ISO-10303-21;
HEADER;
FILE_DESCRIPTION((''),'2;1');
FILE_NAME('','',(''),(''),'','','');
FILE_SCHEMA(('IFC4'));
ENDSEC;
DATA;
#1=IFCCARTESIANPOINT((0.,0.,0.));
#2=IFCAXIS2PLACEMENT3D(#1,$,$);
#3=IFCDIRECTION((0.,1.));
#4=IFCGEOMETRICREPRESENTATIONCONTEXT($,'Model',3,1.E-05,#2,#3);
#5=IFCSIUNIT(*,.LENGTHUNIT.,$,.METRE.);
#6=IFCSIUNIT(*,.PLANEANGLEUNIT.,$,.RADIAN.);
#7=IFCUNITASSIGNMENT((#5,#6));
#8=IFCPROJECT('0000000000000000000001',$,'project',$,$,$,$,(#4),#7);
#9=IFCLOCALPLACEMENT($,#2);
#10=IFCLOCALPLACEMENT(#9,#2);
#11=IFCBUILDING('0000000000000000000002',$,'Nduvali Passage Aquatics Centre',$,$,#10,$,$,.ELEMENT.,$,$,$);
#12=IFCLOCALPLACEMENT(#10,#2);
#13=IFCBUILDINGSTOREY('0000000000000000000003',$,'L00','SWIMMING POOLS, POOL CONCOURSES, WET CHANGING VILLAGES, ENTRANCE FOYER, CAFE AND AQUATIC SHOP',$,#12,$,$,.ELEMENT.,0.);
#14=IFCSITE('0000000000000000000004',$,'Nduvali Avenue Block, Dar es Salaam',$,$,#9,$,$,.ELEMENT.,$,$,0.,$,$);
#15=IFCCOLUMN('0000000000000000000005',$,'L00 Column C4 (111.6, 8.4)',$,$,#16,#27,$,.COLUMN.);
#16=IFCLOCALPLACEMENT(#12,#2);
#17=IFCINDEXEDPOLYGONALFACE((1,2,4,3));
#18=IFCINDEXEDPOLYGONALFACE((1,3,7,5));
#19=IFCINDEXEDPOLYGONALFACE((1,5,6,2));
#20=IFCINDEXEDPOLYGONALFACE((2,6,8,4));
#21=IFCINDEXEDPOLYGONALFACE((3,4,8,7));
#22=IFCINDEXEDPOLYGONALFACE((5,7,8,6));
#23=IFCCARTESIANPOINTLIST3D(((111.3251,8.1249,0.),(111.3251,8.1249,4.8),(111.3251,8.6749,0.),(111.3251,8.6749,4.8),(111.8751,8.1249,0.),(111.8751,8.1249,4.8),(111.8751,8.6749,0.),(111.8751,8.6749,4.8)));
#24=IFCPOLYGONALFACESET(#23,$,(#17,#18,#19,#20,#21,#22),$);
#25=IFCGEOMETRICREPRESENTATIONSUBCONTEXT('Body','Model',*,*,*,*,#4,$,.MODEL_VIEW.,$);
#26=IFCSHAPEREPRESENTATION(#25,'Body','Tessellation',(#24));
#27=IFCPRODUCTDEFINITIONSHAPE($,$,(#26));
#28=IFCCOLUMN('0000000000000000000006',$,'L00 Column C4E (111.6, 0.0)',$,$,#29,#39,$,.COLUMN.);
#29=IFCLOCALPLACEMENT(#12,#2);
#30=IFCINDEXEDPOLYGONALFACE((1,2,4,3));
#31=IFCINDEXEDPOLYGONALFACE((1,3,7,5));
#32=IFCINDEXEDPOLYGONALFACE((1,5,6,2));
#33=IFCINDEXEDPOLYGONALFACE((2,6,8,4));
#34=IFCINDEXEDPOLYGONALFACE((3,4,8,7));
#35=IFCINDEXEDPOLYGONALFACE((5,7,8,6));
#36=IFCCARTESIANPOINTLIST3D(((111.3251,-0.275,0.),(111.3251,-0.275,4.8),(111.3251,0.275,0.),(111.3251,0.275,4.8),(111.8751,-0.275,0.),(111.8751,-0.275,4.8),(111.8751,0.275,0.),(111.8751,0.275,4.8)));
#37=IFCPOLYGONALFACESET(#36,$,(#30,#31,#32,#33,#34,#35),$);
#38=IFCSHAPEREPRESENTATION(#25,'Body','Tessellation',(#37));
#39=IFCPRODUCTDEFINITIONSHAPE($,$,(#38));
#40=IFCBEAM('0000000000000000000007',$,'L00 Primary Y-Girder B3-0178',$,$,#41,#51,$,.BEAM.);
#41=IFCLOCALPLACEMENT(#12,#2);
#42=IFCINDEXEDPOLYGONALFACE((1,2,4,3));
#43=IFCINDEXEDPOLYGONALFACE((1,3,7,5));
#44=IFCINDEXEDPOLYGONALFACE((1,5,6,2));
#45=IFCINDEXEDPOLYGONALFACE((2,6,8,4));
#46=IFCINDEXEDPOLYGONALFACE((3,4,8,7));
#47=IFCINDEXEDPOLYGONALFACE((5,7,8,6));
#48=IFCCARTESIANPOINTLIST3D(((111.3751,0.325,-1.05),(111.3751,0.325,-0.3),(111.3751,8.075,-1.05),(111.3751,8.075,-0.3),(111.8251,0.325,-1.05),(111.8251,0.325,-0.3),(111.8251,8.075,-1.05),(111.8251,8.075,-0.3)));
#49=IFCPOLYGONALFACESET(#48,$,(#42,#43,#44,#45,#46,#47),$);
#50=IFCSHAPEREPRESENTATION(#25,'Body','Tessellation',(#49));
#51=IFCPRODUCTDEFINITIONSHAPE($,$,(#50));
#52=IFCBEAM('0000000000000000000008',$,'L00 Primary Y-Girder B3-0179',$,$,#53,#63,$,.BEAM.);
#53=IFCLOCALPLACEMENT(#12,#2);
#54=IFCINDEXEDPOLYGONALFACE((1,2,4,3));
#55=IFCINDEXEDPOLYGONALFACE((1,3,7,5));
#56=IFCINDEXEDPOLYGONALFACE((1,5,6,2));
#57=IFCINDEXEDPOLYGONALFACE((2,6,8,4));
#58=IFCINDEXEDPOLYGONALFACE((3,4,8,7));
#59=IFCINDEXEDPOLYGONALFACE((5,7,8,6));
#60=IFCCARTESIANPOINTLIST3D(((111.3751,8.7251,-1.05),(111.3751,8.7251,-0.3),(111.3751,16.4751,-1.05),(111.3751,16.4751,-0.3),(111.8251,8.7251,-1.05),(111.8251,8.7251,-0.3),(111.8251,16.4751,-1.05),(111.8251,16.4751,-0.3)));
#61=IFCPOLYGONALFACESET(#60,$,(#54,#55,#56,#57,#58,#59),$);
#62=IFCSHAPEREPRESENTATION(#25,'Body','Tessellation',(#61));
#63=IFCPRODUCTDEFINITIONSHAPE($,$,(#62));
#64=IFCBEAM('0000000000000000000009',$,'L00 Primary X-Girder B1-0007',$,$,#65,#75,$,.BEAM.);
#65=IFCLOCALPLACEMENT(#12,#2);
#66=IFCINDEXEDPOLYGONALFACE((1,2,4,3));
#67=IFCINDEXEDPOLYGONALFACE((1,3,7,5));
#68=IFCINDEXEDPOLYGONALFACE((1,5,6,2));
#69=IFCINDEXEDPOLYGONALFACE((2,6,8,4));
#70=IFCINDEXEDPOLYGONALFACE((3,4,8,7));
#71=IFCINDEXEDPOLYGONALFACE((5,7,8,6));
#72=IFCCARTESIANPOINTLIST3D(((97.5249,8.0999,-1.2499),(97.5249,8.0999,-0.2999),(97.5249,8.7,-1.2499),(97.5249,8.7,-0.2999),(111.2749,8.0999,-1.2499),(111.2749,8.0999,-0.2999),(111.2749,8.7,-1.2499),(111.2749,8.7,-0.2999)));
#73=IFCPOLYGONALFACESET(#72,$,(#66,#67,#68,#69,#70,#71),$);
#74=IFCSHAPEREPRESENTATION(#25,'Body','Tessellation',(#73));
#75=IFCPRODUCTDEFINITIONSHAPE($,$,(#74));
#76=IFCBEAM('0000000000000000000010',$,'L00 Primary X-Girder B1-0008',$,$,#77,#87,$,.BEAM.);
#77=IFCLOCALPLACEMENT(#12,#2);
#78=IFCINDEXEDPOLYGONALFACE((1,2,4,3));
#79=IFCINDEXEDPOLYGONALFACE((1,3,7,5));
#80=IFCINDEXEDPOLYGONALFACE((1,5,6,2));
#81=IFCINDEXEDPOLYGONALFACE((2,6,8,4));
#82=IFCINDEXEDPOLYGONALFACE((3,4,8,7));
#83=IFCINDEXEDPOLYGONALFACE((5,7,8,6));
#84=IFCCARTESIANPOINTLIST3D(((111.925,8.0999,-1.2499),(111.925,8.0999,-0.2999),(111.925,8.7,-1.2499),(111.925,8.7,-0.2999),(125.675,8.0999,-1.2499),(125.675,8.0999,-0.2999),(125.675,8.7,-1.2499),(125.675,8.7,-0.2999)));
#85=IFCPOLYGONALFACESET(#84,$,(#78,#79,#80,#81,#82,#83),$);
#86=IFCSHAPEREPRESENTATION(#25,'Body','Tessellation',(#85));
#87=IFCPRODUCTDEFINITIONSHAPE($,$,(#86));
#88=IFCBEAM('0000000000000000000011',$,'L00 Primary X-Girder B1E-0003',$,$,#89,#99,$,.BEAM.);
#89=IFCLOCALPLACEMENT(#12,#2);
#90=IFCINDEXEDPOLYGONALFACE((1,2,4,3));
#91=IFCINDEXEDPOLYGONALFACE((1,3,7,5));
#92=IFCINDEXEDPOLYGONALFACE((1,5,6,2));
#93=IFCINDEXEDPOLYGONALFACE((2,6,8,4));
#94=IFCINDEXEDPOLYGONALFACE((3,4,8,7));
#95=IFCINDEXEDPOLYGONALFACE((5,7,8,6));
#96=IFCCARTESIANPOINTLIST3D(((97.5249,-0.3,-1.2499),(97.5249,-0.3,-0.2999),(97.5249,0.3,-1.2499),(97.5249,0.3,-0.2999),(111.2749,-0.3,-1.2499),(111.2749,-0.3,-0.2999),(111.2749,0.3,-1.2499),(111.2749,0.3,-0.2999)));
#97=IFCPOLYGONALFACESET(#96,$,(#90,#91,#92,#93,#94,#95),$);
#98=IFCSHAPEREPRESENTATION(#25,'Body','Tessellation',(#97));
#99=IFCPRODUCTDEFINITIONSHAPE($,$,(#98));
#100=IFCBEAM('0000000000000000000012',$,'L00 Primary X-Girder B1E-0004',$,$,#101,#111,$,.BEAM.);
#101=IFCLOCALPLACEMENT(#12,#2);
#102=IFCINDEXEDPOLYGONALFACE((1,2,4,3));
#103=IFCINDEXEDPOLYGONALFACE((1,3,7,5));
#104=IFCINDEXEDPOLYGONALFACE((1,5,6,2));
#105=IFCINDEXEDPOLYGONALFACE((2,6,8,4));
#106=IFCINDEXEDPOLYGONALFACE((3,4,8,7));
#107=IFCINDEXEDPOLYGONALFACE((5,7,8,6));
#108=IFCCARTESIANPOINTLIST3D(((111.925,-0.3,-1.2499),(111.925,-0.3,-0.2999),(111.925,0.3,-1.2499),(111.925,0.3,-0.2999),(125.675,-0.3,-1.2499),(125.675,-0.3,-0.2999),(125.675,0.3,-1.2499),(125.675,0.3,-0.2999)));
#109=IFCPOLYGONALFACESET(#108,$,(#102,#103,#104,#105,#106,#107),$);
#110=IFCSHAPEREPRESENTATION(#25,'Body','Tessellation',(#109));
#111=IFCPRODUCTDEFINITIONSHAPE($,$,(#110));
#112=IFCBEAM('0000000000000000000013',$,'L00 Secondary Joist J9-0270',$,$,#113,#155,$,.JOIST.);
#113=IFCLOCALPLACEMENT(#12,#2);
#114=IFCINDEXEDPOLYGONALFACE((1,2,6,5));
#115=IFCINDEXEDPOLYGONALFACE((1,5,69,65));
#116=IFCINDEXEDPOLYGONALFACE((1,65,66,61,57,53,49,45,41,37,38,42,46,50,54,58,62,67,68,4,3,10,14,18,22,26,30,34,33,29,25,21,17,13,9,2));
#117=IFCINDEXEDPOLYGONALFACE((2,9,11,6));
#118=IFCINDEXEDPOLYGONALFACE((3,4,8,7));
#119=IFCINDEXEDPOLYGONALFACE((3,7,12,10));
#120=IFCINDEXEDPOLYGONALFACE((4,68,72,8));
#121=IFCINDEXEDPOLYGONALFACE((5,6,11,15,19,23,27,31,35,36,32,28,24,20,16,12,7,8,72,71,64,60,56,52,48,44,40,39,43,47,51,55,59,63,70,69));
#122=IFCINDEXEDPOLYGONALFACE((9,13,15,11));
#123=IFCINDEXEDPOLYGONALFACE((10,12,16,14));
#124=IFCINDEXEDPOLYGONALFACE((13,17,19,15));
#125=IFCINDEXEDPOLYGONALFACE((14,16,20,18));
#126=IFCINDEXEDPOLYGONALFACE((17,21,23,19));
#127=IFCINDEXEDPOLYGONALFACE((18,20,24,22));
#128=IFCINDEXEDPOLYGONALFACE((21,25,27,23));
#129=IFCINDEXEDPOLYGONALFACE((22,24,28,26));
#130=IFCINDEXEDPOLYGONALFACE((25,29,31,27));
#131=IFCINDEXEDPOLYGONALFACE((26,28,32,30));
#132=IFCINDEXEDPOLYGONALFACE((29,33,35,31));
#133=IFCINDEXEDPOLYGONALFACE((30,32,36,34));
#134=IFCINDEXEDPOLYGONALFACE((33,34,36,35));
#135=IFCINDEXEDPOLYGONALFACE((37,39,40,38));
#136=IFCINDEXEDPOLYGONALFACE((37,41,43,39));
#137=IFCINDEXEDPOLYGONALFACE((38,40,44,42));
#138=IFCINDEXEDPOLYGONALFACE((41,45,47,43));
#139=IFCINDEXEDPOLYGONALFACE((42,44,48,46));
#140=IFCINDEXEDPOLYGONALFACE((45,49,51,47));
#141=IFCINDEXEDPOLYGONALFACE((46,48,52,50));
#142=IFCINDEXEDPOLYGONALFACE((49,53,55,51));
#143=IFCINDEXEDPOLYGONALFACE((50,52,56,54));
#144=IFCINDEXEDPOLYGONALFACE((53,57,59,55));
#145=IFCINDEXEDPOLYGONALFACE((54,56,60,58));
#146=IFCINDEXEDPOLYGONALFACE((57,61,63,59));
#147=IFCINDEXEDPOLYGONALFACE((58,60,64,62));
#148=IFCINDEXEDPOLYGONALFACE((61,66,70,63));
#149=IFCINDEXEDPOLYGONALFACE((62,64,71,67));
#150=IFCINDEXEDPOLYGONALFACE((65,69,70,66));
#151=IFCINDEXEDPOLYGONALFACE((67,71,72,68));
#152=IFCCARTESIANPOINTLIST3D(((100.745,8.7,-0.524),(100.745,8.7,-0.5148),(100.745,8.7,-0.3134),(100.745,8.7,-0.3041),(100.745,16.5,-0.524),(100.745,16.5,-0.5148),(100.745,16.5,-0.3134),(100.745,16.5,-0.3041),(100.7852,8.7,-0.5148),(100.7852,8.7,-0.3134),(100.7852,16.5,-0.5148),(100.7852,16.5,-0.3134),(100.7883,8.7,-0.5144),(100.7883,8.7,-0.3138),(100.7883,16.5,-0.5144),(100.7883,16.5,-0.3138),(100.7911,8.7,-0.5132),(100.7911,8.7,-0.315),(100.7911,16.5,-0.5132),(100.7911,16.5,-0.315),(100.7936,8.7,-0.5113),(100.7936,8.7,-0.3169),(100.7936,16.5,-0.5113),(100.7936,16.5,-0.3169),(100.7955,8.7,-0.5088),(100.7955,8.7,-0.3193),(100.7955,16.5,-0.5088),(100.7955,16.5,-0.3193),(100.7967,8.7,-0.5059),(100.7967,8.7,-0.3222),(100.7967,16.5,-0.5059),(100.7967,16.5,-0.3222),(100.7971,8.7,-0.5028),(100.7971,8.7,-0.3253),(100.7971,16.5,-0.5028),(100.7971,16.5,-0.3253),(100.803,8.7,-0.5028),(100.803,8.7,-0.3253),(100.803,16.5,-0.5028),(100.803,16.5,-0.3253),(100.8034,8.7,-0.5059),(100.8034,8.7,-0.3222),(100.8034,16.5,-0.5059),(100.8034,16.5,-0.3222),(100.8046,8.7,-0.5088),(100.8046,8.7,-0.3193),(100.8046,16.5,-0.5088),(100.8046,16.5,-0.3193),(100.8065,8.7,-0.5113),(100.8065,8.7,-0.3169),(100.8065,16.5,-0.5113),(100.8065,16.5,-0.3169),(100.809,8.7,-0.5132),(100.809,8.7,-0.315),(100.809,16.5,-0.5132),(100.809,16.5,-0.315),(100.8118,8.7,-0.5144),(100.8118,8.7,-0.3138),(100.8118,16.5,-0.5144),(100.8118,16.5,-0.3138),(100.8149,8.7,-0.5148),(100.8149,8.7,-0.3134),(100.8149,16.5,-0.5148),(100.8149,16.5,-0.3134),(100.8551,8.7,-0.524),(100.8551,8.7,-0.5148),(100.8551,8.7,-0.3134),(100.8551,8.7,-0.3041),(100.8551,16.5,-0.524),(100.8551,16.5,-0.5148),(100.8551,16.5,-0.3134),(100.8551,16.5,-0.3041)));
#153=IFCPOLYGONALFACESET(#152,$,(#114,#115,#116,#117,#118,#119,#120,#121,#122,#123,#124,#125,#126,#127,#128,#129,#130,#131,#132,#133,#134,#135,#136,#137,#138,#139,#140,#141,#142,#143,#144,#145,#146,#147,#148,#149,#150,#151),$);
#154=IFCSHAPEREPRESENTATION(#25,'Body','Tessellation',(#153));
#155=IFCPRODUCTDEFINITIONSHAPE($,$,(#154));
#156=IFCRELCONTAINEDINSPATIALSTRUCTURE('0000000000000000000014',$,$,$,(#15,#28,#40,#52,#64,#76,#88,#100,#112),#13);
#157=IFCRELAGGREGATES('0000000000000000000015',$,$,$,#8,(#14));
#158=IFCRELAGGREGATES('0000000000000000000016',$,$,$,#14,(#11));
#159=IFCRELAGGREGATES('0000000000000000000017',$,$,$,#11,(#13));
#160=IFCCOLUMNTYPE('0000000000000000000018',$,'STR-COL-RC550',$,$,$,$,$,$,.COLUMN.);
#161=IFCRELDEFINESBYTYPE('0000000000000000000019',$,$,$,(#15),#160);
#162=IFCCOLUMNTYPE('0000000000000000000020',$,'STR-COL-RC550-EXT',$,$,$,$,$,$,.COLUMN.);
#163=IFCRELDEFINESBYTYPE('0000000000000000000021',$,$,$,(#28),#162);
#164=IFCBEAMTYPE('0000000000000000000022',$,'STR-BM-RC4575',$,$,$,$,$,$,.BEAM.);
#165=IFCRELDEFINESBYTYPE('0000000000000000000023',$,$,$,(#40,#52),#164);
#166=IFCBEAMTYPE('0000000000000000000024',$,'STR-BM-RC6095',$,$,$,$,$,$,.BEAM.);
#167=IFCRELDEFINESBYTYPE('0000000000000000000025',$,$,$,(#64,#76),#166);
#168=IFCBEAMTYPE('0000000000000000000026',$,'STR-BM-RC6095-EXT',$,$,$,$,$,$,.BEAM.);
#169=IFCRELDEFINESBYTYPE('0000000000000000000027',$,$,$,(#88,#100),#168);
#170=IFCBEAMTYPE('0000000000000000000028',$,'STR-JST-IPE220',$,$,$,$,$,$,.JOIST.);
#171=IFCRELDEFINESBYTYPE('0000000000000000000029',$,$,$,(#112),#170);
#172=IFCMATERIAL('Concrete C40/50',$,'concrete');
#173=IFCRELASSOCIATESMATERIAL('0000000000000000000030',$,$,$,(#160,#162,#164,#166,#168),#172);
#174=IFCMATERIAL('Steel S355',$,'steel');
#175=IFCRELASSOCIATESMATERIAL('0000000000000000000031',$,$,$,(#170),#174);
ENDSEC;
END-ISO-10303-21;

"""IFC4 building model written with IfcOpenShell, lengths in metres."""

from ifc_helpers import new_model, si_unit, direction, frame, origin, origin_2d, place, context, subcontext, project, spatial, rectangle, i_section, extrude, material, material_profile, profile_set, type_object, element, save


model = new_model("IFC4")

# Units and contexts
model_context = context("Model", 3, precision=1e-05, world=origin(), true_north=direction((0.0, 1.0)))
body_context = subcontext(model_context, "Body", "Model", "MODEL_VIEW")
ifc_project = project(units=[si_unit("LENGTHUNIT", "METRE"), si_unit("PLANEANGLEUNIT", "RADIAN")], contexts=[model_context])

# Site, building, storey
site_placement = place(None, origin())
site = spatial("IfcSite", under=ifc_project, at=site_placement, Name="Nduvali Avenue Block, Dar es Salaam", CompositionType="ELEMENT", RefElevation=0.0)
building_placement = place(site_placement, origin())
building = spatial("IfcBuilding", under=site, at=building_placement, Name="Nduvali Passage Aquatics Centre", CompositionType="ELEMENT")
storey_placement = place(building_placement, origin())
storey = spatial("IfcBuildingStorey", under=building, at=storey_placement, Name="L00", Description="SWIMMING POOLS, POOL CONCOURSES, WET CHANGING VILLAGES, ENTRANCE FOYER, CAFE AND AQUATIC SHOP", CompositionType="ELEMENT", Elevation=0.0)

# Columns
ifc_material_1 = material(Name="Concrete C40/50", Category="concrete")
ifc_material_profile_1 = material_profile(ifc_material_1, rectangle(XDim=0.55, YDim=0.55, at=origin_2d()), Name="RC 550x550")
ifc_profile_set_1 = profile_set([ifc_material_profile_1], Name="Concrete C40/50")
column_type_1 = type_object("IfcColumnType", Name="STR-COL-RC550", PredefinedType="COLUMN", material=ifc_profile_set_1)
column_1_placement = place(storey_placement, frame((111.6001, 8.3999, 0.0), z_axis=(0.0, 0.0, 1.0), x_axis=(1.0, 0.0, 0.0)))
element("IfcColumn", 1, at=column_1_placement, inside=storey, type_object=column_type_1, Name="L00 Column C4 (111.6, 8.4)", PredefinedType="COLUMN", context=body_context, shape_type="SweptSolid", body=[
    extrude(rectangle(XDim=0.55, YDim=0.55, at=origin_2d()), origin(), (0.0, 0.0, 1.0), 4.8),
])
ifc_material_profile_2 = material_profile(ifc_material_1, rectangle(XDim=0.55, YDim=0.55, at=origin_2d()), Name="RC 550x550")
ifc_profile_set_2 = profile_set([ifc_material_profile_2], Name="Concrete C40/50")
column_type_2 = type_object("IfcColumnType", Name="STR-COL-RC550-EXT", PredefinedType="COLUMN", material=ifc_profile_set_2)
column_2_placement = place(storey_placement, frame((111.6001, 0.0, 0.0), z_axis=(0.0, 0.0, 1.0), x_axis=(1.0, 0.0, 0.0)))
element("IfcColumn", 2, at=column_2_placement, inside=storey, type_object=column_type_2, Name="L00 Column C4E (111.6, 0.0)", PredefinedType="COLUMN", context=body_context, shape_type="SweptSolid", body=[
    extrude(rectangle(XDim=0.55, YDim=0.55, at=origin_2d()), origin(), (0.0, 0.0, 1.0), 4.8),
])

# Beams
ifc_material_profile_3 = material_profile(ifc_material_1, rectangle(XDim=0.45, YDim=0.75, at=origin_2d()), Name="RC 450x750")
ifc_profile_set_3 = profile_set([ifc_material_profile_3], Name="Concrete C40/50")
beam_type_1 = type_object("IfcBeamType", Name="STR-BM-RC4575", PredefinedType="BEAM", material=ifc_profile_set_3)
for number, where, z_axis, x_axis, name in (
    (3, (111.6001, 0.325, -0.675), (0.0, 1.0, 0.0), (-1.0, 0.0, 0.0), "L00 Primary Y-Girder B3-0178"),
    (4, (111.6001, 8.7251, -0.675), (0.0, 1.0, 0.0), (-1.0, 0.0, 0.0), "L00 Primary Y-Girder B3-0179"),
):
    element("IfcBeam", number, at=place(storey_placement, frame(where, z_axis=z_axis, x_axis=x_axis)), inside=storey, type_object=beam_type_1, Name=name, PredefinedType="BEAM", context=body_context, shape_type="SweptSolid", body=[
        extrude(rectangle(XDim=0.45, YDim=0.75, at=origin_2d()), origin(), (0.0, 0.0, 1.0), 7.75),
    ])
ifc_material_profile_4 = material_profile(ifc_material_1, rectangle(XDim=0.6001, YDim=0.95, at=origin_2d()), Name="RC 600x950")
ifc_profile_set_4 = profile_set([ifc_material_profile_4], Name="Concrete C40/50")
beam_type_2 = type_object("IfcBeamType", Name="STR-BM-RC6095", PredefinedType="BEAM", material=ifc_profile_set_4)
for number, where, z_axis, x_axis, name in (
    (5, (97.5249, 8.3999, -0.7749), (1.0, 0.0, 0.0), (0.0, 1.0, 0.0), "L00 Primary X-Girder B1-0007"),
    (6, (111.925, 8.3999, -0.7749), (1.0, 0.0, 0.0), (0.0, 1.0, 0.0), "L00 Primary X-Girder B1-0008"),
):
    element("IfcBeam", number, at=place(storey_placement, frame(where, z_axis=z_axis, x_axis=x_axis)), inside=storey, type_object=beam_type_2, Name=name, PredefinedType="BEAM", context=body_context, shape_type="SweptSolid", body=[
        extrude(rectangle(XDim=0.6001, YDim=0.95, at=origin_2d()), origin(), (0.0, 0.0, 1.0), 13.75),
    ])
ifc_material_profile_5 = material_profile(ifc_material_1, rectangle(XDim=0.6001, YDim=0.95, at=origin_2d()), Name="RC 600x950")
ifc_profile_set_5 = profile_set([ifc_material_profile_5], Name="Concrete C40/50")
beam_type_3 = type_object("IfcBeamType", Name="STR-BM-RC6095-EXT", PredefinedType="BEAM", material=ifc_profile_set_5)
for number, where, z_axis, x_axis, name in (
    (7, (97.5249, 0.0, -0.7749), (1.0, 0.0, 0.0), (0.0, 1.0, 0.0), "L00 Primary X-Girder B1E-0003"),
    (8, (111.925, 0.0, -0.7749), (1.0, 0.0, 0.0), (0.0, 1.0, 0.0), "L00 Primary X-Girder B1E-0004"),
):
    element("IfcBeam", number, at=place(storey_placement, frame(where, z_axis=z_axis, x_axis=x_axis)), inside=storey, type_object=beam_type_3, Name=name, PredefinedType="BEAM", context=body_context, shape_type="SweptSolid", body=[
        extrude(rectangle(XDim=0.6001, YDim=0.95, at=origin_2d()), origin(), (0.0, 0.0, 1.0), 13.75),
    ])
ifc_material_2 = material(Name="Steel S355", Category="steel")
ifc_material_profile_6 = material_profile(ifc_material_2, i_section(OverallWidth=0.1101, OverallDepth=0.22, WebThickness=0.0059, FlangeThickness=0.0093, FilletRadius=0.012, at=origin_2d()), Name="IPE 220")
ifc_profile_set_6 = profile_set([ifc_material_profile_6], Name="Steel S355")
beam_type_4 = type_object("IfcBeamType", Name="STR-JST-IPE220", PredefinedType="JOIST", material=ifc_profile_set_6)
for number, where, z_axis, x_axis, name in (
    (9, (100.8, 8.7, -0.4141), (0.0, 1.0, 0.0), (-1.0, 0.0, 0.0), "L00 Secondary Joist J9-0270"),
):
    element("IfcBeam", number, at=place(storey_placement, frame(where, z_axis=z_axis, x_axis=x_axis)), inside=storey, type_object=beam_type_4, Name=name, PredefinedType="JOIST", context=body_context, shape_type="SweptSolid", body=[
        extrude(i_section(OverallWidth=0.1101, OverallDepth=0.22, WebThickness=0.0059, FlangeThickness=0.0093, FilletRadius=0.012, at=origin_2d()), origin(), (0.0, 0.0, 1.0), 7.8),
    ])

save(model, "model.ifc")
